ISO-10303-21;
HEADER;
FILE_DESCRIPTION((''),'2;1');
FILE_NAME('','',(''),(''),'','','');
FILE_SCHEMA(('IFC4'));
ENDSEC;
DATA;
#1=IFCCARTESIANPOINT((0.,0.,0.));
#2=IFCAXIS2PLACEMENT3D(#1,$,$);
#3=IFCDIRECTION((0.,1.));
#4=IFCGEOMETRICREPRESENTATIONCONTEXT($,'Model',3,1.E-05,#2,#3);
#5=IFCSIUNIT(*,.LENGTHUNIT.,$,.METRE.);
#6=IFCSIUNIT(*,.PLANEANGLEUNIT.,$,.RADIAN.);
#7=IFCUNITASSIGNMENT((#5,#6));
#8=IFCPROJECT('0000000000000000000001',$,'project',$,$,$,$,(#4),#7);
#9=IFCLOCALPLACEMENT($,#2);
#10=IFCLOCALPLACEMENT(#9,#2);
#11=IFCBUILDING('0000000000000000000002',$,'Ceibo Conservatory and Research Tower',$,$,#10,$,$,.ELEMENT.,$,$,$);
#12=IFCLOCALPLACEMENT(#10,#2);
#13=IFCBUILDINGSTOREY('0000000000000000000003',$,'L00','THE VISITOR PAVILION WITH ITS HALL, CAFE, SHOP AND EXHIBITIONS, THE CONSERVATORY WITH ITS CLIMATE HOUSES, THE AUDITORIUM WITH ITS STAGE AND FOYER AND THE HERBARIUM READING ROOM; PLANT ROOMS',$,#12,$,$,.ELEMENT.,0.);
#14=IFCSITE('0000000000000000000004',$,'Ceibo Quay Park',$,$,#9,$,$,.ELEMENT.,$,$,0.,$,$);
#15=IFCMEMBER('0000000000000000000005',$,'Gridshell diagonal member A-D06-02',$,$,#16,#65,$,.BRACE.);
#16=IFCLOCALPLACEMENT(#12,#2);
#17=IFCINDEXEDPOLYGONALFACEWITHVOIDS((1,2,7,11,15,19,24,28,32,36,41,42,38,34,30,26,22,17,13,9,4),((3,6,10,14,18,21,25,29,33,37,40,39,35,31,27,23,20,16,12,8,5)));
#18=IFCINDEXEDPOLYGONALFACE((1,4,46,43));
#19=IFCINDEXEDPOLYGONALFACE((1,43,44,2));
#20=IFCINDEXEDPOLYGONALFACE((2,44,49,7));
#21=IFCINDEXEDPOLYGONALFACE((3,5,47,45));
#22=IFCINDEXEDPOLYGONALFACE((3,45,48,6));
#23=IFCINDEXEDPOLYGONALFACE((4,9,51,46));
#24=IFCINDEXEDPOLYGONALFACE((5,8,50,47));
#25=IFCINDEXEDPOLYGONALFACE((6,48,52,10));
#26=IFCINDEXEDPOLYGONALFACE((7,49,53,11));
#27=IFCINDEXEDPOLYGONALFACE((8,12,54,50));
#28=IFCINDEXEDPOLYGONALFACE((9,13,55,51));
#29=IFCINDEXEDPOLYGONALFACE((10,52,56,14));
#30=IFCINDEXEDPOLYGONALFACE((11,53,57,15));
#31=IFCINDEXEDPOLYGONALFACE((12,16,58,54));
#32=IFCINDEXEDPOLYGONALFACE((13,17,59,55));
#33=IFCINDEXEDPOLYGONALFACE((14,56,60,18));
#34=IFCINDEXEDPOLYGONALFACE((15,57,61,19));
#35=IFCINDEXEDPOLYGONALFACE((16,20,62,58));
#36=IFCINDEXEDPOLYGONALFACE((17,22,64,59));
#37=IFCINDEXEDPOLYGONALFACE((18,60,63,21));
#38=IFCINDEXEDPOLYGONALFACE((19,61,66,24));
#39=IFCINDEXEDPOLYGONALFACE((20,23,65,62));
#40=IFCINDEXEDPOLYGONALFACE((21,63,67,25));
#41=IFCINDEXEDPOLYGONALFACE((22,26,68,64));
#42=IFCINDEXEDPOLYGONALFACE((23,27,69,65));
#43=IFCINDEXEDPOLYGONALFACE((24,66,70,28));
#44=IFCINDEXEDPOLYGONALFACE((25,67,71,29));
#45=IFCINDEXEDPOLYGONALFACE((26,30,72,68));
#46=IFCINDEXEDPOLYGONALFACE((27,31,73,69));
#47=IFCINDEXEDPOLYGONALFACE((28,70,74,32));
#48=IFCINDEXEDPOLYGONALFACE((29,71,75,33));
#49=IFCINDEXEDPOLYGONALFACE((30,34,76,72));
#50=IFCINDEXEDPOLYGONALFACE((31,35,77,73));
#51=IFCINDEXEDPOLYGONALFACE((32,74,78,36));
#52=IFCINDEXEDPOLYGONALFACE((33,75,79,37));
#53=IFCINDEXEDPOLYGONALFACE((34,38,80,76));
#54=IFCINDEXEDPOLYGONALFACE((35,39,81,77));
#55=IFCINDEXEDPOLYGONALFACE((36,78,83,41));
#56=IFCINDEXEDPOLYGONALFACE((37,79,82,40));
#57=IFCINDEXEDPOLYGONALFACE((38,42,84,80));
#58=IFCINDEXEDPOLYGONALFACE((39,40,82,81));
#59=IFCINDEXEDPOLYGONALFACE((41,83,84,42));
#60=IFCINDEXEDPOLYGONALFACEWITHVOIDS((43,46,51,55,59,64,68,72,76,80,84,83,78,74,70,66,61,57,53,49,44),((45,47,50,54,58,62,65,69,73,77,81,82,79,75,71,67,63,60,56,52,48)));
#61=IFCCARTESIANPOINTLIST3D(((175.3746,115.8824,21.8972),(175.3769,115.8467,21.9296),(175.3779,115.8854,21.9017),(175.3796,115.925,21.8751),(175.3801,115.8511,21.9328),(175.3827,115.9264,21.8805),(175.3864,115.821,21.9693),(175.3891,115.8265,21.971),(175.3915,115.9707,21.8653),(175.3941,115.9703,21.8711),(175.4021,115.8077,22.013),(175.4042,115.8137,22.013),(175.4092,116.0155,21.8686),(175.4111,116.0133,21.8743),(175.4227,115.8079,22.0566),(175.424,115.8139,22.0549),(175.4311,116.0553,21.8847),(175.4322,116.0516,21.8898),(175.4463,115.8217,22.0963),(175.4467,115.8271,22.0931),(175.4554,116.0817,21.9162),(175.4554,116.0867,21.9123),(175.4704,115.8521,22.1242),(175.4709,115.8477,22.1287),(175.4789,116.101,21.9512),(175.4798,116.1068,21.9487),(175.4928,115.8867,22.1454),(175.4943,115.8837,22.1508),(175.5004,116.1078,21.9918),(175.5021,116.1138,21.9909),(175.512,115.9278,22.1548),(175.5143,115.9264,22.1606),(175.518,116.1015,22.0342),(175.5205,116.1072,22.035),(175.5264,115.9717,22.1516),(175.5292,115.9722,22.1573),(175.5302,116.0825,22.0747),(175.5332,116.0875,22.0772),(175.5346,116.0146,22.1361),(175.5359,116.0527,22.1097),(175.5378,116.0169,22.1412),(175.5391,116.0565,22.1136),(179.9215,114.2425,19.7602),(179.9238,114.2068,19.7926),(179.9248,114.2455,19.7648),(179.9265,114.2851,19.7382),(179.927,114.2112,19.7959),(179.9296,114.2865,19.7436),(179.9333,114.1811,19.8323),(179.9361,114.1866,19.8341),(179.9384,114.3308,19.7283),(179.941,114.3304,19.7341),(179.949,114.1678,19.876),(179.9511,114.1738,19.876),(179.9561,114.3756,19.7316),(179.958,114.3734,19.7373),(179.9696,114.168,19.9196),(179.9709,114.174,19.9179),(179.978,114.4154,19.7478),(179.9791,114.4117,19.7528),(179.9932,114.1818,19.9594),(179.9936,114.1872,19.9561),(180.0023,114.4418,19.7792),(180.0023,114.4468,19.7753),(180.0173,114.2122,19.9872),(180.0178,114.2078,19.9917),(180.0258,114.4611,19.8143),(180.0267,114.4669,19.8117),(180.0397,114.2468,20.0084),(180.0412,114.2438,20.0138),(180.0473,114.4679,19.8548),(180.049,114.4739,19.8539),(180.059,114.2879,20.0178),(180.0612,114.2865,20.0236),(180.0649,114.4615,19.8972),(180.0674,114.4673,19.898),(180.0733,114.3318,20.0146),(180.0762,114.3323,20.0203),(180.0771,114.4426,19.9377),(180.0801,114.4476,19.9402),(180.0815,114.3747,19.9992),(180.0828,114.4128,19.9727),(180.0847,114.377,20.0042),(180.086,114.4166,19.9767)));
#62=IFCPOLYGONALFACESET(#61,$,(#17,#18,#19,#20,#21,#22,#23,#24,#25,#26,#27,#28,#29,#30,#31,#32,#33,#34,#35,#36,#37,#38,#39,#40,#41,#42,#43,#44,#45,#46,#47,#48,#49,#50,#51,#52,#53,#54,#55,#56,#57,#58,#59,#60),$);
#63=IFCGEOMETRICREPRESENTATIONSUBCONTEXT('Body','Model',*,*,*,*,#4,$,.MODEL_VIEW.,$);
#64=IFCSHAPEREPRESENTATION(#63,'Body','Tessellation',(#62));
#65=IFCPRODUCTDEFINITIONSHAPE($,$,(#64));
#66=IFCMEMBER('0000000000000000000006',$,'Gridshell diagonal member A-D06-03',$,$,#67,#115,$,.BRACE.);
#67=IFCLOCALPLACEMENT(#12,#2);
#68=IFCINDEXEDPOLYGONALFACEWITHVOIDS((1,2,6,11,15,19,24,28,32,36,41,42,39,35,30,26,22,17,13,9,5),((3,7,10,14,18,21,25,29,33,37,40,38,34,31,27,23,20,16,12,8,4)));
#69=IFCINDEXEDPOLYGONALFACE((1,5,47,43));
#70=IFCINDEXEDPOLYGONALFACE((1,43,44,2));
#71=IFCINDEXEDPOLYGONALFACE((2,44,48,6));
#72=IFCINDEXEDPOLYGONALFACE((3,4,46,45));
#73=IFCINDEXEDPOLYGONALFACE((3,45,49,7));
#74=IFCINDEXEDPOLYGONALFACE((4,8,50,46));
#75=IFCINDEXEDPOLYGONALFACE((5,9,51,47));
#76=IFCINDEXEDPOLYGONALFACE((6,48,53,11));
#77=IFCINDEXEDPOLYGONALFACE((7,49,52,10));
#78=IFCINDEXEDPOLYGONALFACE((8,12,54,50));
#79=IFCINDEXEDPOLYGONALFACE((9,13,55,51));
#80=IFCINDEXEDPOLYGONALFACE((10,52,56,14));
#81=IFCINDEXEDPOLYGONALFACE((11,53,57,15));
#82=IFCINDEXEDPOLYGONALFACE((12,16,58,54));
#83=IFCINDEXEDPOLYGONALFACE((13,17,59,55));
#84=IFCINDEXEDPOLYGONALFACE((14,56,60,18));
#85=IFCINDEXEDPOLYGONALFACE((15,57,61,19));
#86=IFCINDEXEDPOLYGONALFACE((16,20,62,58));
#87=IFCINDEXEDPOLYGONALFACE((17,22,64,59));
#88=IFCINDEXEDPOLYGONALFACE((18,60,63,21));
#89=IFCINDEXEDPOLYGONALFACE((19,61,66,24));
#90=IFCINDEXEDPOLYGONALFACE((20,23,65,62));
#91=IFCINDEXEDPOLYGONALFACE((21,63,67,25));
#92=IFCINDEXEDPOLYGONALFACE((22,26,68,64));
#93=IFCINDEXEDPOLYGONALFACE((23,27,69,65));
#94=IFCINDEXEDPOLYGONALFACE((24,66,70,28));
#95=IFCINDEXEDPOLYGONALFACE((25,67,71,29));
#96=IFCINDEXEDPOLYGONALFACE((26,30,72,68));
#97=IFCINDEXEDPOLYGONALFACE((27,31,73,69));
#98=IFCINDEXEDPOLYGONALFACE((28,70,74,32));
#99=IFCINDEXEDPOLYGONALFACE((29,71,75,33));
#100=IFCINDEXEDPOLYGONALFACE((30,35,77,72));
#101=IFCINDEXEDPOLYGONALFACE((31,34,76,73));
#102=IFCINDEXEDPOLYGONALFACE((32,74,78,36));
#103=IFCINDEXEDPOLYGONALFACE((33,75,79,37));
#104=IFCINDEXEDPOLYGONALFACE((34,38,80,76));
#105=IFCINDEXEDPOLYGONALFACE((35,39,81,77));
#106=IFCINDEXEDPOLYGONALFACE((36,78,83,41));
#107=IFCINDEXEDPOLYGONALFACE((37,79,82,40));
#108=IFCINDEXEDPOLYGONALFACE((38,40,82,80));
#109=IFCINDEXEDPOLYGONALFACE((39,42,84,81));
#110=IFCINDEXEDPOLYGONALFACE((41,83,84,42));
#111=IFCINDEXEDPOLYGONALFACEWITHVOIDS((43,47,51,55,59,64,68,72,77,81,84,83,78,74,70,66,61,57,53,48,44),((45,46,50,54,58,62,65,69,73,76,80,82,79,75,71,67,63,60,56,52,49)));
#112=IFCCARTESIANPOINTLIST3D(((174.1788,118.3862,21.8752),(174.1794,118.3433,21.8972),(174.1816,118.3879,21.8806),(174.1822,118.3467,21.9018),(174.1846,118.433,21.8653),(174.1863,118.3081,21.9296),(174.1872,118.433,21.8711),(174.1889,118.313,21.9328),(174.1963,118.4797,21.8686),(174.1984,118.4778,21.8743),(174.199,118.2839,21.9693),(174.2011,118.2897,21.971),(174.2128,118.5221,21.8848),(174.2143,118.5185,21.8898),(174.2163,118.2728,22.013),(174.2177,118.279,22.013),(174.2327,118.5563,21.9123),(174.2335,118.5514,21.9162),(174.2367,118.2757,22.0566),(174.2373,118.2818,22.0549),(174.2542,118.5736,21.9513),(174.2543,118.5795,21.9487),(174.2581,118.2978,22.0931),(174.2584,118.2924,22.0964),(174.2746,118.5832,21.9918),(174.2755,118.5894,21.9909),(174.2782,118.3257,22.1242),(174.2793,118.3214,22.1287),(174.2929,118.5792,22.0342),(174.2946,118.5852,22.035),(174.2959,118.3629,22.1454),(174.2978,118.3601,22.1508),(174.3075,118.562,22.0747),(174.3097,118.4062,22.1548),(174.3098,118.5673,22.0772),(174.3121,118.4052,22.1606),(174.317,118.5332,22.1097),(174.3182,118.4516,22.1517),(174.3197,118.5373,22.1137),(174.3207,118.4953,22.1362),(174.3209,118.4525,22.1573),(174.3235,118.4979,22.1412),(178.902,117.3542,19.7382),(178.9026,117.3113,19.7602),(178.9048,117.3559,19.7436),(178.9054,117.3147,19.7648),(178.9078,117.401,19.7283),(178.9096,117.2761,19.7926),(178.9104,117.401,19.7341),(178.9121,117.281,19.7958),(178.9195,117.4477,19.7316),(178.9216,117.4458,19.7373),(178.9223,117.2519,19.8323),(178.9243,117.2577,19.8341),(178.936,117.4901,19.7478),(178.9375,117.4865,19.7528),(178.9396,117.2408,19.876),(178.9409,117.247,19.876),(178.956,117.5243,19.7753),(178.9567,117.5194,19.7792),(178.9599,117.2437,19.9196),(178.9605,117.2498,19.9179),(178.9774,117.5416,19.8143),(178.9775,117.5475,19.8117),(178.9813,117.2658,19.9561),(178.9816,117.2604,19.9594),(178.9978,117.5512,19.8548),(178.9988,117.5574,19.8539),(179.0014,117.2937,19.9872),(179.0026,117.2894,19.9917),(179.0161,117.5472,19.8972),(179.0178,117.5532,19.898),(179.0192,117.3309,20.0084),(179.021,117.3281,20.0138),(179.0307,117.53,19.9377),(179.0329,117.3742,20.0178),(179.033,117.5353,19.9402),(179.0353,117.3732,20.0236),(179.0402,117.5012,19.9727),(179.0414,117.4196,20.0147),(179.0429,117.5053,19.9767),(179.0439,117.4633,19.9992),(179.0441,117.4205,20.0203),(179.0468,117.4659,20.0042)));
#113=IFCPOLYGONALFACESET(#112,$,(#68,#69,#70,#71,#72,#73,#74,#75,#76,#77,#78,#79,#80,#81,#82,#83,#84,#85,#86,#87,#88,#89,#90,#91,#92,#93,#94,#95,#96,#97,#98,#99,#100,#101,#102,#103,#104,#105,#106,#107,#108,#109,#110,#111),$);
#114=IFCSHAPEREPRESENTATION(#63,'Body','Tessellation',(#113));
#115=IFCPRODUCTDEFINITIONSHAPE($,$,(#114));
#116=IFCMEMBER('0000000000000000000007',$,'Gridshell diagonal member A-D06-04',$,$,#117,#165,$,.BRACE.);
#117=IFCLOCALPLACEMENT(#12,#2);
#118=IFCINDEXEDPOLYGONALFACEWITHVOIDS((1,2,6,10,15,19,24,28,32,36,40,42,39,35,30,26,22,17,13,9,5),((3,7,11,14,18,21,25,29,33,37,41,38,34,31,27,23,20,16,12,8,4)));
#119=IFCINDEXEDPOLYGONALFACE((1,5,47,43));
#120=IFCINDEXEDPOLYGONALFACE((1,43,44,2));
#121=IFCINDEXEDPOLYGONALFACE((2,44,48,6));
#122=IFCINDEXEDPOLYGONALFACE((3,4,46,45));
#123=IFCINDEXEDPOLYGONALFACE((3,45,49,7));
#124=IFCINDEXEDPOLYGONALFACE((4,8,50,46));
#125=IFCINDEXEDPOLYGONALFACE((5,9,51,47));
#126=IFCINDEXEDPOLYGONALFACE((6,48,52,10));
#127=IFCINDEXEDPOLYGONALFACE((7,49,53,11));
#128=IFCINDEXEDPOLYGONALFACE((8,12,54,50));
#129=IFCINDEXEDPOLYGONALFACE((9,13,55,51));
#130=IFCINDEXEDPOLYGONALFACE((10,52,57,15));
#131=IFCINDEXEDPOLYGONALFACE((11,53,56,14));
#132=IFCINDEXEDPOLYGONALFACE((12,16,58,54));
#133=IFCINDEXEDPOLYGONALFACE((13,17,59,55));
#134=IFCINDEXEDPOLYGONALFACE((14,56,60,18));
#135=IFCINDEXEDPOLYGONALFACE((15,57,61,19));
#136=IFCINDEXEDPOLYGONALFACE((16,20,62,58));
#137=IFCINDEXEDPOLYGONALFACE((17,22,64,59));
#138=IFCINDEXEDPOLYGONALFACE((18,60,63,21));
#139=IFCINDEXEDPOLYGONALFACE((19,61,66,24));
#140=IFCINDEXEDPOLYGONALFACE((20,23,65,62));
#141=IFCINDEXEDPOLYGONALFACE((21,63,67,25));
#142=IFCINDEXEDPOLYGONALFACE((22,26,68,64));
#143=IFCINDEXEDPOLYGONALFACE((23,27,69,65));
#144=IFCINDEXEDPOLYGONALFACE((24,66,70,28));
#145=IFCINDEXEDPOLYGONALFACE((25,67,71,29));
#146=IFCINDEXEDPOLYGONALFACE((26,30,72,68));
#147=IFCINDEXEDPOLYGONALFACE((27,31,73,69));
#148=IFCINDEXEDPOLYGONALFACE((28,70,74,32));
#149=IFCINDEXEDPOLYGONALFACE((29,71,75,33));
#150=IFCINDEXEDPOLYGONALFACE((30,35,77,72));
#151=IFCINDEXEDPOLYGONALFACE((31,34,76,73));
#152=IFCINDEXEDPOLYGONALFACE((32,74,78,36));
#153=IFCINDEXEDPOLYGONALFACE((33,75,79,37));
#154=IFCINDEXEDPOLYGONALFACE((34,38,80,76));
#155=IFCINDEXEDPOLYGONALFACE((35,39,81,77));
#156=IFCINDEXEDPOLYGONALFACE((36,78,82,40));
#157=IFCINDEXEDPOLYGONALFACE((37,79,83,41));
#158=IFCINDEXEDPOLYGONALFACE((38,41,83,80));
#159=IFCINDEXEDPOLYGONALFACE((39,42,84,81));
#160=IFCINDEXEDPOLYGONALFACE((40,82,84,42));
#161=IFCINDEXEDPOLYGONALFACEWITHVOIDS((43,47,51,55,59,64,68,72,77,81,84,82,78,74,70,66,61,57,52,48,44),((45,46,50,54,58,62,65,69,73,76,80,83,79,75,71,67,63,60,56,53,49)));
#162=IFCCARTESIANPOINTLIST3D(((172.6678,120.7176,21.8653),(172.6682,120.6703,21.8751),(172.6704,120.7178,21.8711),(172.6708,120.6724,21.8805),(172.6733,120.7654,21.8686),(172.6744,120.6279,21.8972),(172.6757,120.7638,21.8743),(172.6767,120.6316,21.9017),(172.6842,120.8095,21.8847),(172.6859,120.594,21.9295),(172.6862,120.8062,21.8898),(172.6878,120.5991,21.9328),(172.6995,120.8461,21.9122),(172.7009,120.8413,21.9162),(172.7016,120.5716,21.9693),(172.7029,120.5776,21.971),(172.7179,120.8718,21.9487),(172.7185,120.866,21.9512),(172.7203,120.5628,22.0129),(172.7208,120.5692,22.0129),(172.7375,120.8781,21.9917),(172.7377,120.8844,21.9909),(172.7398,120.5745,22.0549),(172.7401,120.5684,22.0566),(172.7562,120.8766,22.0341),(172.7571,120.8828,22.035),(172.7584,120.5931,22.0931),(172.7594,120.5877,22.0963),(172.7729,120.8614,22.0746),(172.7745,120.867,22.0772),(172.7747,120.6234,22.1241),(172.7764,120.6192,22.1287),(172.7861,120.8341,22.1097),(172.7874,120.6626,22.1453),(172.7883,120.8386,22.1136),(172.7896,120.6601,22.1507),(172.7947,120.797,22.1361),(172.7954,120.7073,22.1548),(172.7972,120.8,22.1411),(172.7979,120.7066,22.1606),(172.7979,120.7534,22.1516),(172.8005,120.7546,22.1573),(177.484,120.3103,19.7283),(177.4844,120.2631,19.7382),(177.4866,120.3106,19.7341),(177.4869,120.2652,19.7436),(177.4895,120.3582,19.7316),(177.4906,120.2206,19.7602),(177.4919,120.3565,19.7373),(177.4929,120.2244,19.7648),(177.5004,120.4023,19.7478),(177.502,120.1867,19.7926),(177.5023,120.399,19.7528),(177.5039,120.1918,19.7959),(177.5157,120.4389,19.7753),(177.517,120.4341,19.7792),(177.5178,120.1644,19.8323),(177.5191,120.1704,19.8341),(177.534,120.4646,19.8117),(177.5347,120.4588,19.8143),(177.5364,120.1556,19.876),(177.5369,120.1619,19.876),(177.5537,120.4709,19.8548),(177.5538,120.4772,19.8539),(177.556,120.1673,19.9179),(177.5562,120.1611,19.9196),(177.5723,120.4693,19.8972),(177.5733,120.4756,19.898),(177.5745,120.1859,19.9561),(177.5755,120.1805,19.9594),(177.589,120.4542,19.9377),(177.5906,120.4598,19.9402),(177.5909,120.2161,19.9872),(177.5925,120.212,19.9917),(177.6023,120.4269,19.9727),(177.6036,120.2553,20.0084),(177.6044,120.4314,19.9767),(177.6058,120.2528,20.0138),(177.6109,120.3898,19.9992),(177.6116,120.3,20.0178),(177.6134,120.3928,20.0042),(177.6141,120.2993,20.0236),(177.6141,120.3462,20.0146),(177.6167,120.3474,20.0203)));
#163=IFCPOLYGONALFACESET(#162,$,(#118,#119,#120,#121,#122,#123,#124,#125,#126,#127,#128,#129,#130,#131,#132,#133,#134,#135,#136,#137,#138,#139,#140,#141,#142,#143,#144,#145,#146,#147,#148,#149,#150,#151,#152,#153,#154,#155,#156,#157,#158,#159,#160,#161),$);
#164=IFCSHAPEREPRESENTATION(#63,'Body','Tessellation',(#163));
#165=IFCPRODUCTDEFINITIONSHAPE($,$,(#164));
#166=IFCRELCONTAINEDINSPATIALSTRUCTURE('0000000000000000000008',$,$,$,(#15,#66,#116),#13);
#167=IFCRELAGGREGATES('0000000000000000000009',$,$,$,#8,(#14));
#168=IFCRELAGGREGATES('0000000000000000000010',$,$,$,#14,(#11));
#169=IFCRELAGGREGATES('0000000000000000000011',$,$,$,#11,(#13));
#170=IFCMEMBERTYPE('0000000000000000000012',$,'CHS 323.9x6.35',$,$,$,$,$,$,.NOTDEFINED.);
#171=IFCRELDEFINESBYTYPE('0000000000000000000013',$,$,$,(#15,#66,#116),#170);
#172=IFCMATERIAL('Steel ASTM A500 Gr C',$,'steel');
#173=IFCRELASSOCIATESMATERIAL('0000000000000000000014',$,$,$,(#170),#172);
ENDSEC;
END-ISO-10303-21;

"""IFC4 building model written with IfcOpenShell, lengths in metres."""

from ifc_helpers import new_model, si_unit, direction, frame, origin, origin_2d, place, context, subcontext, project, spatial, hollow_circle, extrude, material, material_profile, profile_set, type_object, element, save


model = new_model("IFC4")

# Units and contexts
model_context = context("Model", 3, precision=1e-05, world=origin(), true_north=direction((0.0, 1.0)))
body_context = subcontext(model_context, "Body", "Model", "MODEL_VIEW")
ifc_project = project(units=[si_unit("LENGTHUNIT", "METRE"), si_unit("PLANEANGLEUNIT", "RADIAN")], contexts=[model_context])

# Site, building, storey
site_placement = place(None, origin())
site = spatial("IfcSite", under=ifc_project, at=site_placement, Name="Ceibo Quay Park", CompositionType="ELEMENT", RefElevation=0.0)
building_placement = place(site_placement, origin())
building = spatial("IfcBuilding", under=site, at=building_placement, Name="Ceibo Conservatory and Research Tower", CompositionType="ELEMENT")
storey_placement = place(building_placement, origin())
storey = spatial("IfcBuildingStorey", under=building, at=storey_placement, Name="L00", Description="THE VISITOR PAVILION WITH ITS HALL, CAFE, SHOP AND EXHIBITIONS, THE CONSERVATORY WITH ITS CLIMATE HOUSES, THE AUDITORIUM WITH ITS STAGE AND FOYER AND THE HERBARIUM READING ROOM; PLANT ROOMS", CompositionType="ELEMENT", Elevation=0.0)

# Members
ifc_material_1 = material(Name="Steel ASTM A500 Gr C", Category="steel")
ifc_material_profile_1 = material_profile(ifc_material_1, hollow_circle(Radius=0.1619, WallThickness=0.0063, at=origin_2d()), Name="CHS 323.9x6.35")
ifc_profile_set_1 = profile_set([ifc_material_profile_1], Name="Steel ASTM A500 Gr C")
member_type_1 = type_object("IfcMemberType", Name="CHS 323.9x6.35", PredefinedType="NOTDEFINED", material=ifc_profile_set_1)
member_1_placement = place(storey_placement, frame((180.0039, 114.3201, 19.876), z_axis=(-0.860356, 0.310299, 0.404354), x_axis=(-0.339272, -0.940688, 0.0)))
element("IfcMember", 1, at=member_1_placement, inside=storey, type_object=member_type_1, Name="Gridshell diagonal member A-D06-02", PredefinedType="BRACE", context=body_context, shape_type="SweptSolid", body=[
    extrude(hollow_circle(Radius=0.1619, WallThickness=0.0063, at=origin_2d()), origin(), (0.0, 0.0, 1.0), 5.2849),
])
member_2_placement = place(storey_placement, frame((178.9741, 117.3989, 19.876), z_axis=(-0.893553, 0.195237, 0.404284), x_axis=(-0.213459, -0.976952, 0.0)))
element("IfcMember", 2, at=member_2_placement, inside=storey, type_object=member_type_1, Name="Gridshell diagonal member A-D06-03", PredefinedType="BRACE", context=body_context, shape_type="SweptSolid", body=[
    extrude(hollow_circle(Radius=0.1619, WallThickness=0.0063, at=origin_2d()), origin(), (0.0, 0.0, 1.0), 5.2859),
])
member_3_placement = place(storey_placement, frame((177.55, 120.3169, 19.876), z_axis=(-0.911344, 0.077058, 0.404369), x_axis=(-0.084254, -0.996444, 0.0)))
element("IfcMember", 3, at=member_3_placement, inside=storey, type_object=member_type_1, Name="Gridshell diagonal member A-D06-04", PredefinedType="BRACE", context=body_context, shape_type="SweptSolid", body=[
    extrude(hollow_circle(Radius=0.1619, WallThickness=0.0063, at=origin_2d()), origin(), (0.0, 0.0, 1.0), 5.2847),
])

save(model, "model.ifc")
